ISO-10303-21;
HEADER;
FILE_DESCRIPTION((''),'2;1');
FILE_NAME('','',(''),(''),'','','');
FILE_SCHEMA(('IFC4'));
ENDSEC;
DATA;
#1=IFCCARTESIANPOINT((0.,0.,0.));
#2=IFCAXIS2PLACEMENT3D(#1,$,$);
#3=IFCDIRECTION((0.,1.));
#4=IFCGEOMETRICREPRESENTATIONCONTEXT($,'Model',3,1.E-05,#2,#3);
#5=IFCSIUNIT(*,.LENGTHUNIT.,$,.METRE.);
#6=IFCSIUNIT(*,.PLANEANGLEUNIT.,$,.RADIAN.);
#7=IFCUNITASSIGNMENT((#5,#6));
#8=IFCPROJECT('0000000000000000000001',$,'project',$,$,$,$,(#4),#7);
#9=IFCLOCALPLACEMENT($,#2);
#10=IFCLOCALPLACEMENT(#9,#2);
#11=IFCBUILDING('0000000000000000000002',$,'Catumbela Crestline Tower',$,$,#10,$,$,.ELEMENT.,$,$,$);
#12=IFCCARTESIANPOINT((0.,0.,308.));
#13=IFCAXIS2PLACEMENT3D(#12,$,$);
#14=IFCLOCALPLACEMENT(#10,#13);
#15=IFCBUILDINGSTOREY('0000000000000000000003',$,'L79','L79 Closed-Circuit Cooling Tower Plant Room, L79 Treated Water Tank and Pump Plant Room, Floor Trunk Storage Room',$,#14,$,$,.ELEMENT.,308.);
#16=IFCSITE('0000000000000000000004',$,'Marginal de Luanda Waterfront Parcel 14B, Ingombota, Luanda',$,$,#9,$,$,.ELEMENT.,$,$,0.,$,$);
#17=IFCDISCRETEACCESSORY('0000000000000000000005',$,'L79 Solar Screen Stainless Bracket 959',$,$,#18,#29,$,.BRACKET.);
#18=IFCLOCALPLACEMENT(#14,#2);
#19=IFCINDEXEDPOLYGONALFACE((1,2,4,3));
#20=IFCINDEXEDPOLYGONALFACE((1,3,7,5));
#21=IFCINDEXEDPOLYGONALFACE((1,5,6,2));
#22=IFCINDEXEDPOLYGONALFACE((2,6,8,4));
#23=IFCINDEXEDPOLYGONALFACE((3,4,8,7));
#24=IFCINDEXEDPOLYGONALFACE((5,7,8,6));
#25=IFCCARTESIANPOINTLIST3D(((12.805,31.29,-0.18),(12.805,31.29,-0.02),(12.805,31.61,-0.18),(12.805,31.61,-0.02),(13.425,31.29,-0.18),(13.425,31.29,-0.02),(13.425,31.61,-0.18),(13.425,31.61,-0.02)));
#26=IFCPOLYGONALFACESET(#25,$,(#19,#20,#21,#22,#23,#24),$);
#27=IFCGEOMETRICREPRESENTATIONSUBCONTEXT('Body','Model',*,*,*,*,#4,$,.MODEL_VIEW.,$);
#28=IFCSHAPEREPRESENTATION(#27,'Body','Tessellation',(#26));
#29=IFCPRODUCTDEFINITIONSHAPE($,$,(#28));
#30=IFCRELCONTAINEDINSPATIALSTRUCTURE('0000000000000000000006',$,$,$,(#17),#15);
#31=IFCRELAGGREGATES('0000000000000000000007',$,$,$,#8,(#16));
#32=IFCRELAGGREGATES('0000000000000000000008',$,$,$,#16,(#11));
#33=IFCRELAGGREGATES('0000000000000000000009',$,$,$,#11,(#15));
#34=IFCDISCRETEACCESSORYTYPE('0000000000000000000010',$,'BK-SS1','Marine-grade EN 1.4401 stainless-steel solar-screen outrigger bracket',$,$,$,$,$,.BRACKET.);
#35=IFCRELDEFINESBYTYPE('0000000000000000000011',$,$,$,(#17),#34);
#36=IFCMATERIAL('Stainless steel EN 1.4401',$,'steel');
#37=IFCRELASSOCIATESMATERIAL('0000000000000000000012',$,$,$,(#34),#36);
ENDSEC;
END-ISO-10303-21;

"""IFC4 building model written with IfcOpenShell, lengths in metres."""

from ifc_helpers import new_model, si_unit, direction, frame, origin, origin_2d, place, context, subcontext, project, spatial, rectangle, extrude, material, type_object, element, save


model = new_model("IFC4")

# Units and contexts
model_context = context("Model", 3, precision=1e-05, world=origin(), true_north=direction((0.0, 1.0)))
body_context = subcontext(model_context, "Body", "Model", "MODEL_VIEW")
ifc_project = project(units=[si_unit("LENGTHUNIT", "METRE"), si_unit("PLANEANGLEUNIT", "RADIAN")], contexts=[model_context])

# Site, building, storey
site_placement = place(None, origin())
site = spatial("IfcSite", under=ifc_project, at=site_placement, Name="Marginal de Luanda Waterfront Parcel 14B, Ingombota, Luanda", CompositionType="ELEMENT", RefElevation=0.0)
building_placement = place(site_placement, origin())
building = spatial("IfcBuilding", under=site, at=building_placement, Name="Catumbela Crestline Tower", CompositionType="ELEMENT")
storey_placement = place(building_placement, frame((0.0, 0.0, 308.0)))
storey = spatial("IfcBuildingStorey", under=building, at=storey_placement, Name="L79", Description="L79 Closed-Circuit Cooling Tower Plant Room, L79 Treated Water Tank and Pump Plant Room, Floor Trunk Storage Room", CompositionType="ELEMENT", Elevation=308.0)

# Shared definitions
ifc_material_1 = material(Name="Stainless steel EN 1.4401", Category="steel")

# Discrete accessory
discrete_accessory_type = type_object("IfcDiscreteAccessoryType", Name="BK-SS1", Description="Marine-grade EN 1.4401 stainless-steel solar-screen outrigger bracket", PredefinedType="BRACKET", material=ifc_material_1)
discrete_accessory_placement = place(storey_placement, frame((13.115, 31.45, -0.18), z_axis=(0.0, 0.0, 1.0), x_axis=(0.0, -1.0, 0.0)))
element("IfcDiscreteAccessory", 1, at=discrete_accessory_placement, inside=storey, type_object=discrete_accessory_type, Name="L79 Solar Screen Stainless Bracket 959", PredefinedType="BRACKET", context=body_context, shape_type="SweptSolid", body=[
    extrude(rectangle(XDim=0.32, YDim=0.62, at=origin_2d()), origin(), (0.0, 0.0, 1.0), 0.16),
])

save(model, "model.ifc")
